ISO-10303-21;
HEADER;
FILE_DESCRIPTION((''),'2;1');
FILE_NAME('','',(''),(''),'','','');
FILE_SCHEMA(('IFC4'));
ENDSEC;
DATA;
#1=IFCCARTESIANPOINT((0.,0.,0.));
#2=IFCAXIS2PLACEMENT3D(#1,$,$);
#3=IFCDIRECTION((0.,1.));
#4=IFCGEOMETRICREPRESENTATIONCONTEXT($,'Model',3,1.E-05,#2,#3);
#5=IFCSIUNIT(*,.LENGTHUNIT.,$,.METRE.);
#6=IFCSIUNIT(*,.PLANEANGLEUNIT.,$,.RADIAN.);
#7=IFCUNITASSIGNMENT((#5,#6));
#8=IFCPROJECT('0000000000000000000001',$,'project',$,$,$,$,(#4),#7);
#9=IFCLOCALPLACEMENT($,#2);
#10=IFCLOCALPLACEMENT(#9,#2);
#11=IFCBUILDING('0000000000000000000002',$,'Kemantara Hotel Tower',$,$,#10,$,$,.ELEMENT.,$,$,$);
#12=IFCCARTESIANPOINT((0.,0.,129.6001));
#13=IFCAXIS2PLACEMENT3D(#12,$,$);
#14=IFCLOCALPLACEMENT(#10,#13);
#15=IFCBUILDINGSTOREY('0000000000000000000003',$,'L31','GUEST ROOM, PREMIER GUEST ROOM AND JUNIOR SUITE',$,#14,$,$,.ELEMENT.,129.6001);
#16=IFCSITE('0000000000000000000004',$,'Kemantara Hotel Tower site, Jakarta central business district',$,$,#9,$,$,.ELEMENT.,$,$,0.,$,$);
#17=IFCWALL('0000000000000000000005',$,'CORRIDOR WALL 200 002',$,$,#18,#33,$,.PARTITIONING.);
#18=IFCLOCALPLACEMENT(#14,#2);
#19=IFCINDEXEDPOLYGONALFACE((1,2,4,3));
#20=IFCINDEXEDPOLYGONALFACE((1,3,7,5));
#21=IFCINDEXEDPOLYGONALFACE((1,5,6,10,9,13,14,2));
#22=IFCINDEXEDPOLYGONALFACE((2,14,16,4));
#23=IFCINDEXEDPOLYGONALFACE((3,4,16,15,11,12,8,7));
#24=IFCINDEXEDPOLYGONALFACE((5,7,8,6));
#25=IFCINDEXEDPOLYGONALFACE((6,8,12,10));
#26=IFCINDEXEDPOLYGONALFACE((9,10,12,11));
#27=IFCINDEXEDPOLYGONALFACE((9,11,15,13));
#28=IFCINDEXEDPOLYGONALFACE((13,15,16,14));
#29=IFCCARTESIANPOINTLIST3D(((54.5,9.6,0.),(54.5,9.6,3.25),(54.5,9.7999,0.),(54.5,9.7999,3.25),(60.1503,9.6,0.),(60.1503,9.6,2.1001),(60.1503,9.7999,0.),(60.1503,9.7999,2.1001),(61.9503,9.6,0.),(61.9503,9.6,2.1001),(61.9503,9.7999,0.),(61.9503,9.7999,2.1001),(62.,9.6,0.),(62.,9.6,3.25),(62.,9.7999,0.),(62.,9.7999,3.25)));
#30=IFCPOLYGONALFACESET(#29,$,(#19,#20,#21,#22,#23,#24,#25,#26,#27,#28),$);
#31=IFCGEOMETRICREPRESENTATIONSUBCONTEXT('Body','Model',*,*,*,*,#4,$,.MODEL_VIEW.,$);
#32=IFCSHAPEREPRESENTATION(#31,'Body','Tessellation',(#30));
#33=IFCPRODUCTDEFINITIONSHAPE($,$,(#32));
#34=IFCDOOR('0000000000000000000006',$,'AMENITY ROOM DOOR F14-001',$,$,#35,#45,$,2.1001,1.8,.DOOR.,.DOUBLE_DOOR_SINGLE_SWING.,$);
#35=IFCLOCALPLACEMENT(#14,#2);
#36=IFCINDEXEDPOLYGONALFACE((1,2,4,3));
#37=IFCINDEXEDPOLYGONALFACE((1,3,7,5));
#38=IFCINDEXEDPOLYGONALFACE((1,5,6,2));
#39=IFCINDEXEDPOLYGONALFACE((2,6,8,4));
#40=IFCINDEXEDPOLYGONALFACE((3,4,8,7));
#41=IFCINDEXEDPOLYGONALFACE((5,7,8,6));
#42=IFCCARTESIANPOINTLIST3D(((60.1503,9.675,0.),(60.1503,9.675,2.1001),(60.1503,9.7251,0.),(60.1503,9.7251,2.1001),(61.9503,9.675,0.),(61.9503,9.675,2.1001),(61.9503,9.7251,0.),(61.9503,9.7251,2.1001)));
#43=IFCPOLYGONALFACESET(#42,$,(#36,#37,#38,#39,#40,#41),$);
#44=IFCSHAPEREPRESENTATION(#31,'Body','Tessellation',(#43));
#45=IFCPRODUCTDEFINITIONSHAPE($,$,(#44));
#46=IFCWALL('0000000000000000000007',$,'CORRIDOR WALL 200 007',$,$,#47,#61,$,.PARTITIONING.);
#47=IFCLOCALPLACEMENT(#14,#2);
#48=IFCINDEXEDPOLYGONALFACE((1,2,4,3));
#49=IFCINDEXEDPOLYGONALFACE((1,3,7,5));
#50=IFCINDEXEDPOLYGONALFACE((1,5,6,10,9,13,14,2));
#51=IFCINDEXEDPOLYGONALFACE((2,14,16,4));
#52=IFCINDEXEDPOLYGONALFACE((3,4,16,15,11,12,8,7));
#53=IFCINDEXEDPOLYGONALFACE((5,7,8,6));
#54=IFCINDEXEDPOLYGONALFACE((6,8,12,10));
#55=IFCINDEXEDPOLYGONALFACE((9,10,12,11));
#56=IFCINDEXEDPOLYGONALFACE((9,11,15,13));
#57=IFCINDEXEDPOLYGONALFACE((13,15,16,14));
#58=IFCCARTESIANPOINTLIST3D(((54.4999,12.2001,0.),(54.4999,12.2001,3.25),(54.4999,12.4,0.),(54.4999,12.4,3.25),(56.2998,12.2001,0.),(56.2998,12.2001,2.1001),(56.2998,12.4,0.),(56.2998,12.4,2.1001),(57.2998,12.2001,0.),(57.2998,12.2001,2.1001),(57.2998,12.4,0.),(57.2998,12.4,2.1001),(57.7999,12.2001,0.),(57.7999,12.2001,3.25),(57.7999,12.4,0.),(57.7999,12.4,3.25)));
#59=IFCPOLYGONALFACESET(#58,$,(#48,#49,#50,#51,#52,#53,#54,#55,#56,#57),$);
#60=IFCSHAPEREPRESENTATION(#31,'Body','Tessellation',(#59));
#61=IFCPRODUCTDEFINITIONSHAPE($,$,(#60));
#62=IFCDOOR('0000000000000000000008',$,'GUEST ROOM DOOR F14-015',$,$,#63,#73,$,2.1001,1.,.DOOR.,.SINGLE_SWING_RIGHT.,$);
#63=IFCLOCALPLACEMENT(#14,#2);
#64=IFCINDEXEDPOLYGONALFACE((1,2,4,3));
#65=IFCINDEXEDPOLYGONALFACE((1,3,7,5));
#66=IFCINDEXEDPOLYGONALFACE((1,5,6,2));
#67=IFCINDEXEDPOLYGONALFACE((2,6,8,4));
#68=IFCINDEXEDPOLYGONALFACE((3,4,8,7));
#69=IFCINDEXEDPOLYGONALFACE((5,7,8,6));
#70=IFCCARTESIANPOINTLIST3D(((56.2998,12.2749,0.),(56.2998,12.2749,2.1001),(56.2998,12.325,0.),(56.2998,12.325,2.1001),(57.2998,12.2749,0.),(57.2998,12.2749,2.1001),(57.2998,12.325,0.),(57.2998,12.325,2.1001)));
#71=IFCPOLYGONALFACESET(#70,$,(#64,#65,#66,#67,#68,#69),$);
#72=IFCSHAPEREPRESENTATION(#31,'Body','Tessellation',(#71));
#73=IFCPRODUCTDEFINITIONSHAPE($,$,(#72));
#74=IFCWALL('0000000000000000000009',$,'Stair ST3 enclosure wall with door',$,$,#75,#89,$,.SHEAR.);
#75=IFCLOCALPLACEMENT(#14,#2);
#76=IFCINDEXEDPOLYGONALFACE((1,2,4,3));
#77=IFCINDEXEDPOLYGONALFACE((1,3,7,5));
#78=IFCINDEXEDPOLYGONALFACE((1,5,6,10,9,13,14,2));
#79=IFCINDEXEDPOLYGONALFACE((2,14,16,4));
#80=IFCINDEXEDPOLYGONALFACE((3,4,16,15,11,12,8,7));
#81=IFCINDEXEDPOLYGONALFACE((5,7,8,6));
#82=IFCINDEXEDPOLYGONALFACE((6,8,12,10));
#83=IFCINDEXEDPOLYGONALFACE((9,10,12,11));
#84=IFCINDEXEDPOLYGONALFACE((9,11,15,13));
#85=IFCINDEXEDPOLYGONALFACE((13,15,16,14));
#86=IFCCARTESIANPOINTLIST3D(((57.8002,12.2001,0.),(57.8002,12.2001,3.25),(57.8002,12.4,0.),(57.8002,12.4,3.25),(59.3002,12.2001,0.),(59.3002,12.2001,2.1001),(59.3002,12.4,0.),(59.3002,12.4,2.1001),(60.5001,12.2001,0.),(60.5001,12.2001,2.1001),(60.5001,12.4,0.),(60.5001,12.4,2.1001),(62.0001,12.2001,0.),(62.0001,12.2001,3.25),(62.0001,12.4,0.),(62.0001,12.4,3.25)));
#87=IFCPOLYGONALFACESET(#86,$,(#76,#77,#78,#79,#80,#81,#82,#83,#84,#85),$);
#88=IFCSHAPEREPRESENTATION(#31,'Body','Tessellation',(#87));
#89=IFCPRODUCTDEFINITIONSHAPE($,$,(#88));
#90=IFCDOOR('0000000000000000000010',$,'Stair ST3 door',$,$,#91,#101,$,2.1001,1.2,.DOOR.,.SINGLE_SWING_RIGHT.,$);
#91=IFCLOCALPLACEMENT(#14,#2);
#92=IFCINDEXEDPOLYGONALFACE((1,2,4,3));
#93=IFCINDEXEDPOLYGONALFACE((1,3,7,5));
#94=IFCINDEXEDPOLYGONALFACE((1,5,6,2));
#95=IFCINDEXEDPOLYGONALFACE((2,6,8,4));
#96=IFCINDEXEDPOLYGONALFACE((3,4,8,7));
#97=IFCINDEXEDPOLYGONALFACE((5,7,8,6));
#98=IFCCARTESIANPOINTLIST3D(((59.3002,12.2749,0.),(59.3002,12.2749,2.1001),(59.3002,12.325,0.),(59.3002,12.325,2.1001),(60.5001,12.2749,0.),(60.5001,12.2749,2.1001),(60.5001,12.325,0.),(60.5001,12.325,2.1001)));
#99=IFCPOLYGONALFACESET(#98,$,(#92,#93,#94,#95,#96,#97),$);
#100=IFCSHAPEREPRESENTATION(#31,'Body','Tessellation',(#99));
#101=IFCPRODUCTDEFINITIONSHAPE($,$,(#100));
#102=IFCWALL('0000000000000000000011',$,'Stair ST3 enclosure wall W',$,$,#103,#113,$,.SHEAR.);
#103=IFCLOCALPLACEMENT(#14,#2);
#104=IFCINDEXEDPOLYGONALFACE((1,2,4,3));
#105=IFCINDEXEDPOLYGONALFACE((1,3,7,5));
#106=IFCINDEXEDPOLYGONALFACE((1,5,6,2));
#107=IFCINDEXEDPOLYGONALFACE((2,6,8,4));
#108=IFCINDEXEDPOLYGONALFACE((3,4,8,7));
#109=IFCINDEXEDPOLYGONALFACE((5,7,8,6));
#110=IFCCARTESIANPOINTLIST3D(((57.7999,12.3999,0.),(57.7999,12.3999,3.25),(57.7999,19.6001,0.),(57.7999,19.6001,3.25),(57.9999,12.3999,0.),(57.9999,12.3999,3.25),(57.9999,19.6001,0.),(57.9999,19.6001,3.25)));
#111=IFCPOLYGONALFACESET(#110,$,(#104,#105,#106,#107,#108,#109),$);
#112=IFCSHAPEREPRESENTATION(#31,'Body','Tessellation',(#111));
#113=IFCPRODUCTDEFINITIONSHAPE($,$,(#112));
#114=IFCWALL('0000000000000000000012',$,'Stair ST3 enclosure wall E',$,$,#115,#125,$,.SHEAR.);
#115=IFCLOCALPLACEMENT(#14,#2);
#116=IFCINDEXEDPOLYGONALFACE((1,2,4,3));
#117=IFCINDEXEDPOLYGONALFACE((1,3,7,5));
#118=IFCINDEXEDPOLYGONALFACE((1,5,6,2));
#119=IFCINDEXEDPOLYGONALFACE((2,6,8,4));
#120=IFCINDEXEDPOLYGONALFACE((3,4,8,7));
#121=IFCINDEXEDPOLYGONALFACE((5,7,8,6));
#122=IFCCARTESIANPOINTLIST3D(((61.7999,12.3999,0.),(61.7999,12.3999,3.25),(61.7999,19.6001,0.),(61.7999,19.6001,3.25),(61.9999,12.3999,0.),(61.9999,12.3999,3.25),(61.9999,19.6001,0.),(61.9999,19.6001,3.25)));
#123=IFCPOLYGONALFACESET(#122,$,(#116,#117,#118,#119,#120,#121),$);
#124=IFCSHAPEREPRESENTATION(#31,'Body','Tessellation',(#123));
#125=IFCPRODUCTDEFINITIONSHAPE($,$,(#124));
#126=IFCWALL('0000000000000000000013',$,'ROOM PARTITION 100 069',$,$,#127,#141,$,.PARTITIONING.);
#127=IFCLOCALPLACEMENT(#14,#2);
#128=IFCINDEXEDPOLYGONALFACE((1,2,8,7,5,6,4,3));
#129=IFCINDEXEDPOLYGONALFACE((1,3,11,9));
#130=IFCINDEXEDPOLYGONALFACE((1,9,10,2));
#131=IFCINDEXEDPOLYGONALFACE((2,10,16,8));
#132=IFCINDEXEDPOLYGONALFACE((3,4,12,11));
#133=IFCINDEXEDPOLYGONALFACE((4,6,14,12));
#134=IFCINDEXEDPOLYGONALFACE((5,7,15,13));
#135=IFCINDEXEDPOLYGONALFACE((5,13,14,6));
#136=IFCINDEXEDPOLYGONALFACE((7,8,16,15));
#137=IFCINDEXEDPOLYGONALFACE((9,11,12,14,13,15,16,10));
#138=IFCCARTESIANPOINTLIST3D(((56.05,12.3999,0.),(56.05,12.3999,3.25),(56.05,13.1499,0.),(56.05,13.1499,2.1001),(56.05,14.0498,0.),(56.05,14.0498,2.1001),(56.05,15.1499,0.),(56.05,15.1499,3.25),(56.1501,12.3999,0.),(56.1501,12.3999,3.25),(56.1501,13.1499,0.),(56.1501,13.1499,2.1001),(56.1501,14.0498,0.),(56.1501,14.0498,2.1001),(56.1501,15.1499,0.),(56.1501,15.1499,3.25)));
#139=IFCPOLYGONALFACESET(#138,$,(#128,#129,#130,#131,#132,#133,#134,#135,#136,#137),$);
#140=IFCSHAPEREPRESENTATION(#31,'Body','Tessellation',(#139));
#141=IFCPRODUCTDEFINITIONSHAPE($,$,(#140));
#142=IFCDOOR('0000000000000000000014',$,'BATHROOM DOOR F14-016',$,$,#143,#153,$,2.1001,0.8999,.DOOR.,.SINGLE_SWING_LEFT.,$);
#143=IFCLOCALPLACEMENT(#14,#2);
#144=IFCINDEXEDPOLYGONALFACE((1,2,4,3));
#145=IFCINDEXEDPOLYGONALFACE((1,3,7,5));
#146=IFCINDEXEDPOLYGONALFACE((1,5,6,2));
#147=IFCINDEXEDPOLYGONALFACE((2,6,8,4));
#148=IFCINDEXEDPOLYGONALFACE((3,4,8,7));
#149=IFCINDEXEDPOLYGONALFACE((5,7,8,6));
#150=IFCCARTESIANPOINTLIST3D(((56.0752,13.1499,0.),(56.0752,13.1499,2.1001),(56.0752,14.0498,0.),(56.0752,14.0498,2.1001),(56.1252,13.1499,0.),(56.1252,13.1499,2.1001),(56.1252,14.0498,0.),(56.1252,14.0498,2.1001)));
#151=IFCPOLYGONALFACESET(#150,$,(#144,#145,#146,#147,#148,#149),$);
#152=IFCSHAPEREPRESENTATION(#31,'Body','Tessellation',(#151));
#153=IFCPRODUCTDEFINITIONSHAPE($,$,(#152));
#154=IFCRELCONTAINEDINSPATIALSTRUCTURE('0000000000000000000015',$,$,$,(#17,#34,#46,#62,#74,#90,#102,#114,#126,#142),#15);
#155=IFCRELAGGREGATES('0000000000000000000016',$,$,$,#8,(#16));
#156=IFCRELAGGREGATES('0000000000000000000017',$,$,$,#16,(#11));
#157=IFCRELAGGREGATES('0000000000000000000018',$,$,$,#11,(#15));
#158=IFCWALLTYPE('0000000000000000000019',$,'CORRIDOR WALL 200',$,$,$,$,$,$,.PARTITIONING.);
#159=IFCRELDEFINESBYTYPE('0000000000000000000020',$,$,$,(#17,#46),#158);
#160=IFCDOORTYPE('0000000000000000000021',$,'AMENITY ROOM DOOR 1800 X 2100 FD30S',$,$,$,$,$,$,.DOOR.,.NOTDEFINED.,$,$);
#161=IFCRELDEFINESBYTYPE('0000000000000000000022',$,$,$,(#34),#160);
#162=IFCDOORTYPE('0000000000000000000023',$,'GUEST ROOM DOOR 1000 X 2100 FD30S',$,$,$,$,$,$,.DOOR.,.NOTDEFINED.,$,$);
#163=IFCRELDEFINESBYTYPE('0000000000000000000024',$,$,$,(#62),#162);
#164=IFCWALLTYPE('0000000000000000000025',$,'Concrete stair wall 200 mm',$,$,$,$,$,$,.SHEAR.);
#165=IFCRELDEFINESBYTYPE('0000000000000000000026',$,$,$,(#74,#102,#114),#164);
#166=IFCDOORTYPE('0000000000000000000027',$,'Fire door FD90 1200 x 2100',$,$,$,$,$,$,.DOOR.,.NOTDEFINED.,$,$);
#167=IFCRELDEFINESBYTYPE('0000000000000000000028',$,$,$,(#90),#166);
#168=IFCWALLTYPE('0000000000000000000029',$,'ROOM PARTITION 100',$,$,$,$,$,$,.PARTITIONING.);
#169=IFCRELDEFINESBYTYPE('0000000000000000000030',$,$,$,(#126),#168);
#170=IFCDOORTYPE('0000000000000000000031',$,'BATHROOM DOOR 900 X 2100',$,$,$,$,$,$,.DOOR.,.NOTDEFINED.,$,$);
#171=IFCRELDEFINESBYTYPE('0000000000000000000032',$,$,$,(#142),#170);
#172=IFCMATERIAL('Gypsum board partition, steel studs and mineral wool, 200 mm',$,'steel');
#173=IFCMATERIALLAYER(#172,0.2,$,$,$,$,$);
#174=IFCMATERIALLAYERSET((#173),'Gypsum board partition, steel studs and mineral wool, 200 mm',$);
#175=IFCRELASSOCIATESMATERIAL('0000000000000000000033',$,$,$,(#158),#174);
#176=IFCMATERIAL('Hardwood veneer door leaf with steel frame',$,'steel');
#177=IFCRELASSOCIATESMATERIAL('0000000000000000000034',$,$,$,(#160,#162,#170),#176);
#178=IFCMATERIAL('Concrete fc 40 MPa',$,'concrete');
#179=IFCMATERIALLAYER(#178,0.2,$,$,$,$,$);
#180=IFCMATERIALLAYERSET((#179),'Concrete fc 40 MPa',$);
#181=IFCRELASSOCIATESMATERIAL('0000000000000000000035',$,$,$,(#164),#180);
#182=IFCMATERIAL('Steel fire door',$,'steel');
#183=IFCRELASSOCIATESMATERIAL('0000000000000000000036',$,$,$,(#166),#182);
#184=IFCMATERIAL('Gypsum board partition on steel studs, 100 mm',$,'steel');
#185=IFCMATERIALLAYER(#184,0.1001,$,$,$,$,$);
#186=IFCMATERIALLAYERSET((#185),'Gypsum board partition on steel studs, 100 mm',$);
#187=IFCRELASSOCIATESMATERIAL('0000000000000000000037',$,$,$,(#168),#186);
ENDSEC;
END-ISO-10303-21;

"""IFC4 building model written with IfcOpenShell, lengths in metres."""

from ifc_helpers import new_model, si_unit, direction, frame, frame_2d, origin, place, context, subcontext, project, spatial, rectangle, extrude, material, layer, layer_set, type_object, element, fill, save


model = new_model("IFC4")

# Units and contexts
model_context = context("Model", 3, precision=1e-05, world=origin(), true_north=direction((0.0, 1.0)))
body_context = subcontext(model_context, "Body", "Model", "MODEL_VIEW")
ifc_project = project(units=[si_unit("LENGTHUNIT", "METRE"), si_unit("PLANEANGLEUNIT", "RADIAN")], contexts=[model_context])

# Site, building, storey
site_placement = place(None, origin())
site = spatial("IfcSite", under=ifc_project, at=site_placement, Name="Kemantara Hotel Tower site, Jakarta central business district", CompositionType="ELEMENT", RefElevation=0.0)
building_placement = place(site_placement, origin())
building = spatial("IfcBuilding", under=site, at=building_placement, Name="Kemantara Hotel Tower", CompositionType="ELEMENT")
storey_placement = place(building_placement, frame((0.0, 0.0, 129.6001)))
storey = spatial("IfcBuildingStorey", under=building, at=storey_placement, Name="L31", Description="GUEST ROOM, PREMIER GUEST ROOM AND JUNIOR SUITE", CompositionType="ELEMENT", Elevation=129.6001)

# Walls, openings, doors
ifc_material_1 = material(Name="Gypsum board partition, steel studs and mineral wool, 200 mm", Category="steel")
ifc_layer_1 = layer(ifc_material_1, 0.2)
ifc_layer_set_1 = layer_set([ifc_layer_1], Name="Gypsum board partition, steel studs and mineral wool, 200 mm")
wall_type_1 = type_object("IfcWallType", Name="CORRIDOR WALL 200", PredefinedType="PARTITIONING", material=ifc_layer_set_1)
wall_1_placement = place(storey_placement, frame((62.0, 9.7, 0.0), z_axis=(0.0, 0.0, 1.0), x_axis=(-1.0, 0.0, 0.0)))
wall_1 = element("IfcWall", 1, at=wall_1_placement, inside=storey, type_object=wall_type_1, Name="CORRIDOR WALL 200 002", PredefinedType="PARTITIONING", context=body_context, shape_type="SweptSolid", body=[
    extrude(rectangle(XDim=7.5, YDim=0.2, at=frame_2d((3.75, 0.0))), origin(), (0.0, 0.0, 1.0), 3.25),
])
opening_1_placement = place(wall_1_placement, frame((0.0498, 0.0, 0.0)))
opening_1 = element("IfcOpeningElement", 2, at=opening_1_placement, cuts=wall_1, PredefinedType="OPENING", context=body_context, shape_type="SweptSolid", body=[
    extrude(rectangle(XDim=1.8, YDim=2.1001, at=frame_2d((0.8999, 1.05))), frame((0.0, 0.1099, 0.0), z_axis=(0.0, -1.0, 0.0), x_axis=(1.0, 0.0, 0.0)), (0.0, 0.0, 1.0), 0.22),
])
ifc_material_2 = material(Name="Hardwood veneer door leaf with steel frame", Category="steel")
door_type_1 = type_object("IfcDoorType", Name="AMENITY ROOM DOOR 1800 X 2100 FD30S", OperationType="NOTDEFINED", PredefinedType="DOOR", material=ifc_material_2)
door_1_placement = place(opening_1_placement, origin())
door_1 = element("IfcDoor", 3, at=door_1_placement, inside=storey, type_object=door_type_1, Name="AMENITY ROOM DOOR F14-001", OperationType="DOUBLE_DOOR_SINGLE_SWING", OverallHeight=2.1001, OverallWidth=1.8, PredefinedType="DOOR", context=body_context, shape_type="SweptSolid", body=[
    extrude(rectangle(XDim=1.8, YDim=2.1001, at=frame_2d((0.8999, 1.05))), frame((0.0, 0.0249, 0.0), z_axis=(0.0, -1.0, 0.0), x_axis=(1.0, 0.0, 0.0)), (0.0, 0.0, 1.0), 0.05),
])
fill(opening_1, door_1)
wall_2_placement = place(storey_placement, frame((54.5, 12.3, 0.0), z_axis=(0.0, 0.0, 1.0), x_axis=(1.0, 0.0, 0.0)))
wall_2 = element("IfcWall", 4, at=wall_2_placement, inside=storey, type_object=wall_type_1, Name="CORRIDOR WALL 200 007", PredefinedType="PARTITIONING", context=body_context, shape_type="SweptSolid", body=[
    extrude(rectangle(XDim=3.3, YDim=0.2, at=frame_2d((1.6499, 0.0))), origin(), (0.0, 0.0, 1.0), 3.25),
])
opening_2_placement = place(wall_2_placement, frame((1.7998, 0.0, 0.0)))
opening_2 = element("IfcOpeningElement", 5, at=opening_2_placement, cuts=wall_2, PredefinedType="OPENING", context=body_context, shape_type="SweptSolid", body=[
    extrude(rectangle(XDim=1.0, YDim=2.1001, at=frame_2d((0.5, 1.05))), frame((0.0, 0.1099, 0.0), z_axis=(0.0, -1.0, 0.0), x_axis=(1.0, 0.0, 0.0)), (0.0, 0.0, 1.0), 0.22),
])
door_type_2 = type_object("IfcDoorType", Name="GUEST ROOM DOOR 1000 X 2100 FD30S", OperationType="NOTDEFINED", PredefinedType="DOOR", material=ifc_material_2)
door_2_placement = place(opening_2_placement, origin())
door_2 = element("IfcDoor", 6, at=door_2_placement, inside=storey, type_object=door_type_2, Name="GUEST ROOM DOOR F14-015", OperationType="SINGLE_SWING_RIGHT", OverallHeight=2.1001, OverallWidth=1.0, PredefinedType="DOOR", context=body_context, shape_type="SweptSolid", body=[
    extrude(rectangle(XDim=1.0, YDim=2.1001, at=frame_2d((0.5, 1.05))), frame((0.0, 0.0249, 0.0), z_axis=(0.0, -1.0, 0.0), x_axis=(1.0, 0.0, 0.0)), (0.0, 0.0, 1.0), 0.05),
])
fill(opening_2, door_2)
ifc_material_3 = material(Name="Concrete fc 40 MPa", Category="concrete")
ifc_layer_2 = layer(ifc_material_3, 0.2)
ifc_layer_set_2 = layer_set([ifc_layer_2], Name="Concrete fc 40 MPa")
wall_type_2 = type_object("IfcWallType", Name="Concrete stair wall 200 mm", PredefinedType="SHEAR", material=ifc_layer_set_2)
wall_3_placement = place(storey_placement, frame((57.8, 12.3, 0.0), z_axis=(0.0, 0.0, 1.0), x_axis=(1.0, 0.0, 0.0)))
wall_3 = element("IfcWall", 7, at=wall_3_placement, inside=storey, type_object=wall_type_2, Name="Stair ST3 enclosure wall with door", PredefinedType="SHEAR", context=body_context, shape_type="SweptSolid", body=[
    extrude(rectangle(XDim=4.2, YDim=0.2, at=frame_2d((2.1001, 0.0))), origin(), (0.0, 0.0, 1.0), 3.25),
])
opening_3_placement = place(wall_3_placement, frame((1.5, 0.0, 0.0)))
opening_3 = element("IfcOpeningElement", 8, at=opening_3_placement, cuts=wall_3, PredefinedType="OPENING", context=body_context, shape_type="SweptSolid", body=[
    extrude(rectangle(XDim=1.2, YDim=2.1001, at=frame_2d((0.6001, 1.05))), frame((0.0, 0.1099, 0.0), z_axis=(0.0, -1.0, 0.0), x_axis=(1.0, 0.0, 0.0)), (0.0, 0.0, 1.0), 0.22),
])
ifc_material_4 = material(Name="Steel fire door", Category="steel")
door_type_3 = type_object("IfcDoorType", Name="Fire door FD90 1200 x 2100", OperationType="NOTDEFINED", PredefinedType="DOOR", material=ifc_material_4)
door_3_placement = place(opening_3_placement, origin())
door_3 = element("IfcDoor", 9, at=door_3_placement, inside=storey, type_object=door_type_3, Name="Stair ST3 door", OperationType="SINGLE_SWING_RIGHT", OverallHeight=2.1001, OverallWidth=1.2, PredefinedType="DOOR", context=body_context, shape_type="SweptSolid", body=[
    extrude(rectangle(XDim=1.2, YDim=2.1001, at=frame_2d((0.6001, 1.05))), frame((0.0, 0.0249, 0.0), z_axis=(0.0, -1.0, 0.0), x_axis=(1.0, 0.0, 0.0)), (0.0, 0.0, 1.0), 0.05),
])
fill(opening_3, door_3)

# Walls
for number, where, z_axis, x_axis, name in (
    (10, (57.8999, 12.3999, 0.0), (0.0, 0.0, 1.0), (0.0, 1.0, 0.0), "Stair ST3 enclosure wall W"),
    (11, (61.8999, 12.3999, 0.0), (0.0, 0.0, 1.0), (0.0, 1.0, 0.0), "Stair ST3 enclosure wall E"),
):
    element("IfcWall", number, at=place(storey_placement, frame(where, z_axis=z_axis, x_axis=x_axis)), inside=storey, type_object=wall_type_2, Name=name, PredefinedType="SHEAR", context=body_context, shape_type="SweptSolid", body=[
        extrude(rectangle(XDim=7.2002, YDim=0.2, at=frame_2d((3.6001, 0.0))), origin(), (0.0, 0.0, 1.0), 3.25),
    ])

# Wall, opening, door
ifc_material_5 = material(Name="Gypsum board partition on steel studs, 100 mm", Category="steel")
ifc_layer_3 = layer(ifc_material_5, 0.1001)
ifc_layer_set_3 = layer_set([ifc_layer_3], Name="Gypsum board partition on steel studs, 100 mm")
wall_type_3 = type_object("IfcWallType", Name="ROOM PARTITION 100", PredefinedType="PARTITIONING", material=ifc_layer_set_3)
wall_4_placement = place(storey_placement, frame((56.1001, 12.3999, 0.0), z_axis=(0.0, 0.0, 1.0), x_axis=(0.0, 1.0, 0.0)))
wall_4 = element("IfcWall", 12, at=wall_4_placement, inside=storey, type_object=wall_type_3, Name="ROOM PARTITION 100 069", PredefinedType="PARTITIONING", context=body_context, shape_type="SweptSolid", body=[
    extrude(rectangle(XDim=2.75, YDim=0.1001, at=frame_2d((1.375, 0.0))), origin(), (0.0, 0.0, 1.0), 3.25),
])
opening_4_placement = place(wall_4_placement, frame((0.75, 0.0, 0.0)))
opening_4 = element("IfcOpeningElement", 13, at=opening_4_placement, cuts=wall_4, PredefinedType="OPENING", context=body_context, shape_type="SweptSolid", body=[
    extrude(rectangle(XDim=0.8999, YDim=2.1001, at=frame_2d((0.45, 1.05))), frame((0.0, 0.0601, 0.0), z_axis=(0.0, -1.0, 0.0), x_axis=(1.0, 0.0, 0.0)), (0.0, 0.0, 1.0), 0.1201),
])
door_type_4 = type_object("IfcDoorType", Name="BATHROOM DOOR 900 X 2100", OperationType="NOTDEFINED", PredefinedType="DOOR", material=ifc_material_2)
door_4_placement = place(opening_4_placement, origin())
door_4 = element("IfcDoor", 14, at=door_4_placement, inside=storey, type_object=door_type_4, Name="BATHROOM DOOR F14-016", OperationType="SINGLE_SWING_LEFT", OverallHeight=2.1001, OverallWidth=0.8999, PredefinedType="DOOR", context=body_context, shape_type="SweptSolid", body=[
    extrude(rectangle(XDim=0.8999, YDim=2.1001, at=frame_2d((0.45, 1.05))), frame((0.0, 0.0249, 0.0), z_axis=(0.0, -1.0, 0.0), x_axis=(1.0, 0.0, 0.0)), (0.0, 0.0, 1.0), 0.05),
])
fill(opening_4, door_4)

save(model, "model.ifc")
